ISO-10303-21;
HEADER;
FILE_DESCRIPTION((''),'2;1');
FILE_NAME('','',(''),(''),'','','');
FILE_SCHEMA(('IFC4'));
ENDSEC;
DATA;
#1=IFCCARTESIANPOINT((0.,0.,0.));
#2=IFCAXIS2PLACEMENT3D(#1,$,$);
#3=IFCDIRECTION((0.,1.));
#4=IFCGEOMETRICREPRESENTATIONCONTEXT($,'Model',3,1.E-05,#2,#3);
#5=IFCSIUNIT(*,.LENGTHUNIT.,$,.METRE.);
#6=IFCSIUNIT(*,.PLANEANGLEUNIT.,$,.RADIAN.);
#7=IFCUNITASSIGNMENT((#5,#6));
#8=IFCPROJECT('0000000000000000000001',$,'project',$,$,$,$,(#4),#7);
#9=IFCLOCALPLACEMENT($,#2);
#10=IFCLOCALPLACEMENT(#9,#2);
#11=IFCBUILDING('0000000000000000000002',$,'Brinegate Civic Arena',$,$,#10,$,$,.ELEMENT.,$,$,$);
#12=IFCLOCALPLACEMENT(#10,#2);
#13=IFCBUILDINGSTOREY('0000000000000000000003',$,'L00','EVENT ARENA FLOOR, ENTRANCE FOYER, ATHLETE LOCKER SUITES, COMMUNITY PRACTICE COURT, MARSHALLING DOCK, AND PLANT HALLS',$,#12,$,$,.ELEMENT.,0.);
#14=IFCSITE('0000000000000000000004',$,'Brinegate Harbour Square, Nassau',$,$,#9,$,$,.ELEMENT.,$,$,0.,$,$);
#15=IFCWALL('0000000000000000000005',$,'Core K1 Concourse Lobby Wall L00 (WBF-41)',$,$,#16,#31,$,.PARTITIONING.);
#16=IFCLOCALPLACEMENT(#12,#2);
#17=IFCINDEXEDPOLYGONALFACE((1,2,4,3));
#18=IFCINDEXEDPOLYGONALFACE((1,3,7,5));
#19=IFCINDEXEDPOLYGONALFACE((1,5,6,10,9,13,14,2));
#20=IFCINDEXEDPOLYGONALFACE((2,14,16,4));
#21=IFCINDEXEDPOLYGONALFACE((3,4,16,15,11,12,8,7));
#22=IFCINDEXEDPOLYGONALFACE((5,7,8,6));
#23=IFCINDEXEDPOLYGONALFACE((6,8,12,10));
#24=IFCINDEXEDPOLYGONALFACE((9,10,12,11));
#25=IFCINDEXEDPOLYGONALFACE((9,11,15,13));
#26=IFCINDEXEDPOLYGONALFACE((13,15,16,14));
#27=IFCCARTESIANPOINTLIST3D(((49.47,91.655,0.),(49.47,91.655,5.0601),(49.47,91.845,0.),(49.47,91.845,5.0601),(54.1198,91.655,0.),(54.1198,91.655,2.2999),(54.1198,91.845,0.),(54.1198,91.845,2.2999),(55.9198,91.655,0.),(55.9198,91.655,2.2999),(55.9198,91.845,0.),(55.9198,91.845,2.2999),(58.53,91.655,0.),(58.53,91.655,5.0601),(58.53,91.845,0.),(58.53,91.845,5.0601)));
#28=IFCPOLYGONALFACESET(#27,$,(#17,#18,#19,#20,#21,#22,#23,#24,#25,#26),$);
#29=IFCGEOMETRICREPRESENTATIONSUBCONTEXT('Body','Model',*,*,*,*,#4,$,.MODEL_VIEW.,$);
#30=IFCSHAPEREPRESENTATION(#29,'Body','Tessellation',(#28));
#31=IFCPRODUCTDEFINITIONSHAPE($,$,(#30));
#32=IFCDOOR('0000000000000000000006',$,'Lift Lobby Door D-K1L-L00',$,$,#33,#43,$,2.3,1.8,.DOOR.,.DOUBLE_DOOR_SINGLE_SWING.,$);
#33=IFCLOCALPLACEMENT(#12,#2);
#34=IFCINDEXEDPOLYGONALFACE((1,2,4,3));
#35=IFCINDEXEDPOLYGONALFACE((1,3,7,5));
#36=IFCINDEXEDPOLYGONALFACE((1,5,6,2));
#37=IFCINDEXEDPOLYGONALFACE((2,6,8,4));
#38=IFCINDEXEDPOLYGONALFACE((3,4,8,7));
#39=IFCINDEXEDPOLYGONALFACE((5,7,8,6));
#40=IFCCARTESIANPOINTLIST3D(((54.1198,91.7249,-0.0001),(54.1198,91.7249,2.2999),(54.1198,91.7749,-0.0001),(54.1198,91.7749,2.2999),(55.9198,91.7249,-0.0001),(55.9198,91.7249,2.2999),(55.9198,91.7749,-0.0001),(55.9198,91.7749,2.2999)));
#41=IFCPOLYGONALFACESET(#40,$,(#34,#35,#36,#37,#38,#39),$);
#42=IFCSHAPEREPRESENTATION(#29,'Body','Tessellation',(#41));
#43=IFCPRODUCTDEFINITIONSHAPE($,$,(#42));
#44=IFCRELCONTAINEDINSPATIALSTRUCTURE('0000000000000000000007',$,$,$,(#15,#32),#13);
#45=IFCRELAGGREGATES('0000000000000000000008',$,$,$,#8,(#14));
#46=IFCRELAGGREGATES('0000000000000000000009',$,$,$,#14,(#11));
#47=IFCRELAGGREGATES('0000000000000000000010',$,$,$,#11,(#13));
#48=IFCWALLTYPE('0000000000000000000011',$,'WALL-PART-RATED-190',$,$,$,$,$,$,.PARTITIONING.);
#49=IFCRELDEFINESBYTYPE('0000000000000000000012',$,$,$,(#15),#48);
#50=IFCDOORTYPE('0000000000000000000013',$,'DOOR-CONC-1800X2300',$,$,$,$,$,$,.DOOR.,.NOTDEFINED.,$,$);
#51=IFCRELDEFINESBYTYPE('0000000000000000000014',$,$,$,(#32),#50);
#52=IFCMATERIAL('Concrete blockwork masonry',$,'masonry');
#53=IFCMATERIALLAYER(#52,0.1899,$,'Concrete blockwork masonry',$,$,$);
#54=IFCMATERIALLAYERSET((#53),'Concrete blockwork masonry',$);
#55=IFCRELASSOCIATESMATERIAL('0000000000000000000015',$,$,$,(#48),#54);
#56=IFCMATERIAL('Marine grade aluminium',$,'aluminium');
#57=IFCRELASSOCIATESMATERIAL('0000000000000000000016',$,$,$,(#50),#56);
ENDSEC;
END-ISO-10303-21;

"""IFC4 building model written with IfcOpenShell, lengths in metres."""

from ifc_helpers import new_model, si_unit, direction, frame, frame_2d, origin, place, context, subcontext, project, spatial, rectangle, extrude, material, layer, layer_set, type_object, element, fill, save


model = new_model("IFC4")

# Units and contexts
model_context = context("Model", 3, precision=1e-05, world=origin(), true_north=direction((0.0, 1.0)))
body_context = subcontext(model_context, "Body", "Model", "MODEL_VIEW")
ifc_project = project(units=[si_unit("LENGTHUNIT", "METRE"), si_unit("PLANEANGLEUNIT", "RADIAN")], contexts=[model_context])

# Site, building, storey
site_placement = place(None, origin())
site = spatial("IfcSite", under=ifc_project, at=site_placement, Name="Brinegate Harbour Square, Nassau", CompositionType="ELEMENT", RefElevation=0.0)
building_placement = place(site_placement, origin())
building = spatial("IfcBuilding", under=site, at=building_placement, Name="Brinegate Civic Arena", CompositionType="ELEMENT")
storey_placement = place(building_placement, origin())
storey = spatial("IfcBuildingStorey", under=building, at=storey_placement, Name="L00", Description="EVENT ARENA FLOOR, ENTRANCE FOYER, ATHLETE LOCKER SUITES, COMMUNITY PRACTICE COURT, MARSHALLING DOCK, AND PLANT HALLS", CompositionType="ELEMENT", Elevation=0.0)

# Wall, opening, door
ifc_material_1 = material(Name="Concrete blockwork masonry", Category="masonry")
ifc_layer_1 = layer(ifc_material_1, 0.1899, Name="Concrete blockwork masonry")
ifc_layer_set_1 = layer_set([ifc_layer_1], Name="Concrete blockwork masonry")
wall_type_1 = type_object("IfcWallType", Name="WALL-PART-RATED-190", PredefinedType="PARTITIONING", material=ifc_layer_set_1)
wall_1_placement = place(storey_placement, frame((49.47, 91.75, 0.0), z_axis=(0.0, 0.0, 1.0), x_axis=(1.0, 0.0, 0.0)))
wall_1 = element("IfcWall", 1, at=wall_1_placement, inside=storey, type_object=wall_type_1, Name="Core K1 Concourse Lobby Wall L00 (WBF-41)", PredefinedType="PARTITIONING", context=body_context, shape_type="SweptSolid", body=[
    extrude(rectangle(XDim=9.0601, YDim=0.1899, at=frame_2d((4.53, 0.0))), origin(), (0.0, 0.0, 1.0), 5.0601),
])
opening_1_placement = place(wall_1_placement, frame((4.6499, 0.0, 0.0)))
opening_1 = element("IfcOpeningElement", 2, at=opening_1_placement, cuts=wall_1, PredefinedType="OPENING", context=body_context, shape_type="SweptSolid", body=[
    extrude(rectangle(XDim=1.8, YDim=2.3, at=frame_2d((0.8999, 1.1499))), frame((0.0, 0.105, 0.0), z_axis=(0.0, -1.0, 0.0), x_axis=(1.0, 0.0, 0.0)), (0.0, 0.0, 1.0), 0.21),
])
ifc_material_2 = material(Name="Marine grade aluminium", Category="aluminium")
door_type_1 = type_object("IfcDoorType", Name="DOOR-CONC-1800X2300", OperationType="NOTDEFINED", PredefinedType="DOOR", material=ifc_material_2)
door_1_placement = place(opening_1_placement, origin())
door_1 = element("IfcDoor", 3, at=door_1_placement, inside=storey, type_object=door_type_1, Name="Lift Lobby Door D-K1L-L00", OperationType="DOUBLE_DOOR_SINGLE_SWING", OverallHeight=2.3, OverallWidth=1.8, PredefinedType="DOOR", context=body_context, shape_type="SweptSolid", body=[
    extrude(rectangle(XDim=1.8, YDim=2.3, at=frame_2d((0.8999, 1.1499))), frame((0.0, 0.0249, 0.0), z_axis=(0.0, -1.0, 0.0), x_axis=(1.0, 0.0, 0.0)), (0.0, 0.0, 1.0), 0.05),
])
fill(opening_1, door_1)

save(model, "model.ifc")
